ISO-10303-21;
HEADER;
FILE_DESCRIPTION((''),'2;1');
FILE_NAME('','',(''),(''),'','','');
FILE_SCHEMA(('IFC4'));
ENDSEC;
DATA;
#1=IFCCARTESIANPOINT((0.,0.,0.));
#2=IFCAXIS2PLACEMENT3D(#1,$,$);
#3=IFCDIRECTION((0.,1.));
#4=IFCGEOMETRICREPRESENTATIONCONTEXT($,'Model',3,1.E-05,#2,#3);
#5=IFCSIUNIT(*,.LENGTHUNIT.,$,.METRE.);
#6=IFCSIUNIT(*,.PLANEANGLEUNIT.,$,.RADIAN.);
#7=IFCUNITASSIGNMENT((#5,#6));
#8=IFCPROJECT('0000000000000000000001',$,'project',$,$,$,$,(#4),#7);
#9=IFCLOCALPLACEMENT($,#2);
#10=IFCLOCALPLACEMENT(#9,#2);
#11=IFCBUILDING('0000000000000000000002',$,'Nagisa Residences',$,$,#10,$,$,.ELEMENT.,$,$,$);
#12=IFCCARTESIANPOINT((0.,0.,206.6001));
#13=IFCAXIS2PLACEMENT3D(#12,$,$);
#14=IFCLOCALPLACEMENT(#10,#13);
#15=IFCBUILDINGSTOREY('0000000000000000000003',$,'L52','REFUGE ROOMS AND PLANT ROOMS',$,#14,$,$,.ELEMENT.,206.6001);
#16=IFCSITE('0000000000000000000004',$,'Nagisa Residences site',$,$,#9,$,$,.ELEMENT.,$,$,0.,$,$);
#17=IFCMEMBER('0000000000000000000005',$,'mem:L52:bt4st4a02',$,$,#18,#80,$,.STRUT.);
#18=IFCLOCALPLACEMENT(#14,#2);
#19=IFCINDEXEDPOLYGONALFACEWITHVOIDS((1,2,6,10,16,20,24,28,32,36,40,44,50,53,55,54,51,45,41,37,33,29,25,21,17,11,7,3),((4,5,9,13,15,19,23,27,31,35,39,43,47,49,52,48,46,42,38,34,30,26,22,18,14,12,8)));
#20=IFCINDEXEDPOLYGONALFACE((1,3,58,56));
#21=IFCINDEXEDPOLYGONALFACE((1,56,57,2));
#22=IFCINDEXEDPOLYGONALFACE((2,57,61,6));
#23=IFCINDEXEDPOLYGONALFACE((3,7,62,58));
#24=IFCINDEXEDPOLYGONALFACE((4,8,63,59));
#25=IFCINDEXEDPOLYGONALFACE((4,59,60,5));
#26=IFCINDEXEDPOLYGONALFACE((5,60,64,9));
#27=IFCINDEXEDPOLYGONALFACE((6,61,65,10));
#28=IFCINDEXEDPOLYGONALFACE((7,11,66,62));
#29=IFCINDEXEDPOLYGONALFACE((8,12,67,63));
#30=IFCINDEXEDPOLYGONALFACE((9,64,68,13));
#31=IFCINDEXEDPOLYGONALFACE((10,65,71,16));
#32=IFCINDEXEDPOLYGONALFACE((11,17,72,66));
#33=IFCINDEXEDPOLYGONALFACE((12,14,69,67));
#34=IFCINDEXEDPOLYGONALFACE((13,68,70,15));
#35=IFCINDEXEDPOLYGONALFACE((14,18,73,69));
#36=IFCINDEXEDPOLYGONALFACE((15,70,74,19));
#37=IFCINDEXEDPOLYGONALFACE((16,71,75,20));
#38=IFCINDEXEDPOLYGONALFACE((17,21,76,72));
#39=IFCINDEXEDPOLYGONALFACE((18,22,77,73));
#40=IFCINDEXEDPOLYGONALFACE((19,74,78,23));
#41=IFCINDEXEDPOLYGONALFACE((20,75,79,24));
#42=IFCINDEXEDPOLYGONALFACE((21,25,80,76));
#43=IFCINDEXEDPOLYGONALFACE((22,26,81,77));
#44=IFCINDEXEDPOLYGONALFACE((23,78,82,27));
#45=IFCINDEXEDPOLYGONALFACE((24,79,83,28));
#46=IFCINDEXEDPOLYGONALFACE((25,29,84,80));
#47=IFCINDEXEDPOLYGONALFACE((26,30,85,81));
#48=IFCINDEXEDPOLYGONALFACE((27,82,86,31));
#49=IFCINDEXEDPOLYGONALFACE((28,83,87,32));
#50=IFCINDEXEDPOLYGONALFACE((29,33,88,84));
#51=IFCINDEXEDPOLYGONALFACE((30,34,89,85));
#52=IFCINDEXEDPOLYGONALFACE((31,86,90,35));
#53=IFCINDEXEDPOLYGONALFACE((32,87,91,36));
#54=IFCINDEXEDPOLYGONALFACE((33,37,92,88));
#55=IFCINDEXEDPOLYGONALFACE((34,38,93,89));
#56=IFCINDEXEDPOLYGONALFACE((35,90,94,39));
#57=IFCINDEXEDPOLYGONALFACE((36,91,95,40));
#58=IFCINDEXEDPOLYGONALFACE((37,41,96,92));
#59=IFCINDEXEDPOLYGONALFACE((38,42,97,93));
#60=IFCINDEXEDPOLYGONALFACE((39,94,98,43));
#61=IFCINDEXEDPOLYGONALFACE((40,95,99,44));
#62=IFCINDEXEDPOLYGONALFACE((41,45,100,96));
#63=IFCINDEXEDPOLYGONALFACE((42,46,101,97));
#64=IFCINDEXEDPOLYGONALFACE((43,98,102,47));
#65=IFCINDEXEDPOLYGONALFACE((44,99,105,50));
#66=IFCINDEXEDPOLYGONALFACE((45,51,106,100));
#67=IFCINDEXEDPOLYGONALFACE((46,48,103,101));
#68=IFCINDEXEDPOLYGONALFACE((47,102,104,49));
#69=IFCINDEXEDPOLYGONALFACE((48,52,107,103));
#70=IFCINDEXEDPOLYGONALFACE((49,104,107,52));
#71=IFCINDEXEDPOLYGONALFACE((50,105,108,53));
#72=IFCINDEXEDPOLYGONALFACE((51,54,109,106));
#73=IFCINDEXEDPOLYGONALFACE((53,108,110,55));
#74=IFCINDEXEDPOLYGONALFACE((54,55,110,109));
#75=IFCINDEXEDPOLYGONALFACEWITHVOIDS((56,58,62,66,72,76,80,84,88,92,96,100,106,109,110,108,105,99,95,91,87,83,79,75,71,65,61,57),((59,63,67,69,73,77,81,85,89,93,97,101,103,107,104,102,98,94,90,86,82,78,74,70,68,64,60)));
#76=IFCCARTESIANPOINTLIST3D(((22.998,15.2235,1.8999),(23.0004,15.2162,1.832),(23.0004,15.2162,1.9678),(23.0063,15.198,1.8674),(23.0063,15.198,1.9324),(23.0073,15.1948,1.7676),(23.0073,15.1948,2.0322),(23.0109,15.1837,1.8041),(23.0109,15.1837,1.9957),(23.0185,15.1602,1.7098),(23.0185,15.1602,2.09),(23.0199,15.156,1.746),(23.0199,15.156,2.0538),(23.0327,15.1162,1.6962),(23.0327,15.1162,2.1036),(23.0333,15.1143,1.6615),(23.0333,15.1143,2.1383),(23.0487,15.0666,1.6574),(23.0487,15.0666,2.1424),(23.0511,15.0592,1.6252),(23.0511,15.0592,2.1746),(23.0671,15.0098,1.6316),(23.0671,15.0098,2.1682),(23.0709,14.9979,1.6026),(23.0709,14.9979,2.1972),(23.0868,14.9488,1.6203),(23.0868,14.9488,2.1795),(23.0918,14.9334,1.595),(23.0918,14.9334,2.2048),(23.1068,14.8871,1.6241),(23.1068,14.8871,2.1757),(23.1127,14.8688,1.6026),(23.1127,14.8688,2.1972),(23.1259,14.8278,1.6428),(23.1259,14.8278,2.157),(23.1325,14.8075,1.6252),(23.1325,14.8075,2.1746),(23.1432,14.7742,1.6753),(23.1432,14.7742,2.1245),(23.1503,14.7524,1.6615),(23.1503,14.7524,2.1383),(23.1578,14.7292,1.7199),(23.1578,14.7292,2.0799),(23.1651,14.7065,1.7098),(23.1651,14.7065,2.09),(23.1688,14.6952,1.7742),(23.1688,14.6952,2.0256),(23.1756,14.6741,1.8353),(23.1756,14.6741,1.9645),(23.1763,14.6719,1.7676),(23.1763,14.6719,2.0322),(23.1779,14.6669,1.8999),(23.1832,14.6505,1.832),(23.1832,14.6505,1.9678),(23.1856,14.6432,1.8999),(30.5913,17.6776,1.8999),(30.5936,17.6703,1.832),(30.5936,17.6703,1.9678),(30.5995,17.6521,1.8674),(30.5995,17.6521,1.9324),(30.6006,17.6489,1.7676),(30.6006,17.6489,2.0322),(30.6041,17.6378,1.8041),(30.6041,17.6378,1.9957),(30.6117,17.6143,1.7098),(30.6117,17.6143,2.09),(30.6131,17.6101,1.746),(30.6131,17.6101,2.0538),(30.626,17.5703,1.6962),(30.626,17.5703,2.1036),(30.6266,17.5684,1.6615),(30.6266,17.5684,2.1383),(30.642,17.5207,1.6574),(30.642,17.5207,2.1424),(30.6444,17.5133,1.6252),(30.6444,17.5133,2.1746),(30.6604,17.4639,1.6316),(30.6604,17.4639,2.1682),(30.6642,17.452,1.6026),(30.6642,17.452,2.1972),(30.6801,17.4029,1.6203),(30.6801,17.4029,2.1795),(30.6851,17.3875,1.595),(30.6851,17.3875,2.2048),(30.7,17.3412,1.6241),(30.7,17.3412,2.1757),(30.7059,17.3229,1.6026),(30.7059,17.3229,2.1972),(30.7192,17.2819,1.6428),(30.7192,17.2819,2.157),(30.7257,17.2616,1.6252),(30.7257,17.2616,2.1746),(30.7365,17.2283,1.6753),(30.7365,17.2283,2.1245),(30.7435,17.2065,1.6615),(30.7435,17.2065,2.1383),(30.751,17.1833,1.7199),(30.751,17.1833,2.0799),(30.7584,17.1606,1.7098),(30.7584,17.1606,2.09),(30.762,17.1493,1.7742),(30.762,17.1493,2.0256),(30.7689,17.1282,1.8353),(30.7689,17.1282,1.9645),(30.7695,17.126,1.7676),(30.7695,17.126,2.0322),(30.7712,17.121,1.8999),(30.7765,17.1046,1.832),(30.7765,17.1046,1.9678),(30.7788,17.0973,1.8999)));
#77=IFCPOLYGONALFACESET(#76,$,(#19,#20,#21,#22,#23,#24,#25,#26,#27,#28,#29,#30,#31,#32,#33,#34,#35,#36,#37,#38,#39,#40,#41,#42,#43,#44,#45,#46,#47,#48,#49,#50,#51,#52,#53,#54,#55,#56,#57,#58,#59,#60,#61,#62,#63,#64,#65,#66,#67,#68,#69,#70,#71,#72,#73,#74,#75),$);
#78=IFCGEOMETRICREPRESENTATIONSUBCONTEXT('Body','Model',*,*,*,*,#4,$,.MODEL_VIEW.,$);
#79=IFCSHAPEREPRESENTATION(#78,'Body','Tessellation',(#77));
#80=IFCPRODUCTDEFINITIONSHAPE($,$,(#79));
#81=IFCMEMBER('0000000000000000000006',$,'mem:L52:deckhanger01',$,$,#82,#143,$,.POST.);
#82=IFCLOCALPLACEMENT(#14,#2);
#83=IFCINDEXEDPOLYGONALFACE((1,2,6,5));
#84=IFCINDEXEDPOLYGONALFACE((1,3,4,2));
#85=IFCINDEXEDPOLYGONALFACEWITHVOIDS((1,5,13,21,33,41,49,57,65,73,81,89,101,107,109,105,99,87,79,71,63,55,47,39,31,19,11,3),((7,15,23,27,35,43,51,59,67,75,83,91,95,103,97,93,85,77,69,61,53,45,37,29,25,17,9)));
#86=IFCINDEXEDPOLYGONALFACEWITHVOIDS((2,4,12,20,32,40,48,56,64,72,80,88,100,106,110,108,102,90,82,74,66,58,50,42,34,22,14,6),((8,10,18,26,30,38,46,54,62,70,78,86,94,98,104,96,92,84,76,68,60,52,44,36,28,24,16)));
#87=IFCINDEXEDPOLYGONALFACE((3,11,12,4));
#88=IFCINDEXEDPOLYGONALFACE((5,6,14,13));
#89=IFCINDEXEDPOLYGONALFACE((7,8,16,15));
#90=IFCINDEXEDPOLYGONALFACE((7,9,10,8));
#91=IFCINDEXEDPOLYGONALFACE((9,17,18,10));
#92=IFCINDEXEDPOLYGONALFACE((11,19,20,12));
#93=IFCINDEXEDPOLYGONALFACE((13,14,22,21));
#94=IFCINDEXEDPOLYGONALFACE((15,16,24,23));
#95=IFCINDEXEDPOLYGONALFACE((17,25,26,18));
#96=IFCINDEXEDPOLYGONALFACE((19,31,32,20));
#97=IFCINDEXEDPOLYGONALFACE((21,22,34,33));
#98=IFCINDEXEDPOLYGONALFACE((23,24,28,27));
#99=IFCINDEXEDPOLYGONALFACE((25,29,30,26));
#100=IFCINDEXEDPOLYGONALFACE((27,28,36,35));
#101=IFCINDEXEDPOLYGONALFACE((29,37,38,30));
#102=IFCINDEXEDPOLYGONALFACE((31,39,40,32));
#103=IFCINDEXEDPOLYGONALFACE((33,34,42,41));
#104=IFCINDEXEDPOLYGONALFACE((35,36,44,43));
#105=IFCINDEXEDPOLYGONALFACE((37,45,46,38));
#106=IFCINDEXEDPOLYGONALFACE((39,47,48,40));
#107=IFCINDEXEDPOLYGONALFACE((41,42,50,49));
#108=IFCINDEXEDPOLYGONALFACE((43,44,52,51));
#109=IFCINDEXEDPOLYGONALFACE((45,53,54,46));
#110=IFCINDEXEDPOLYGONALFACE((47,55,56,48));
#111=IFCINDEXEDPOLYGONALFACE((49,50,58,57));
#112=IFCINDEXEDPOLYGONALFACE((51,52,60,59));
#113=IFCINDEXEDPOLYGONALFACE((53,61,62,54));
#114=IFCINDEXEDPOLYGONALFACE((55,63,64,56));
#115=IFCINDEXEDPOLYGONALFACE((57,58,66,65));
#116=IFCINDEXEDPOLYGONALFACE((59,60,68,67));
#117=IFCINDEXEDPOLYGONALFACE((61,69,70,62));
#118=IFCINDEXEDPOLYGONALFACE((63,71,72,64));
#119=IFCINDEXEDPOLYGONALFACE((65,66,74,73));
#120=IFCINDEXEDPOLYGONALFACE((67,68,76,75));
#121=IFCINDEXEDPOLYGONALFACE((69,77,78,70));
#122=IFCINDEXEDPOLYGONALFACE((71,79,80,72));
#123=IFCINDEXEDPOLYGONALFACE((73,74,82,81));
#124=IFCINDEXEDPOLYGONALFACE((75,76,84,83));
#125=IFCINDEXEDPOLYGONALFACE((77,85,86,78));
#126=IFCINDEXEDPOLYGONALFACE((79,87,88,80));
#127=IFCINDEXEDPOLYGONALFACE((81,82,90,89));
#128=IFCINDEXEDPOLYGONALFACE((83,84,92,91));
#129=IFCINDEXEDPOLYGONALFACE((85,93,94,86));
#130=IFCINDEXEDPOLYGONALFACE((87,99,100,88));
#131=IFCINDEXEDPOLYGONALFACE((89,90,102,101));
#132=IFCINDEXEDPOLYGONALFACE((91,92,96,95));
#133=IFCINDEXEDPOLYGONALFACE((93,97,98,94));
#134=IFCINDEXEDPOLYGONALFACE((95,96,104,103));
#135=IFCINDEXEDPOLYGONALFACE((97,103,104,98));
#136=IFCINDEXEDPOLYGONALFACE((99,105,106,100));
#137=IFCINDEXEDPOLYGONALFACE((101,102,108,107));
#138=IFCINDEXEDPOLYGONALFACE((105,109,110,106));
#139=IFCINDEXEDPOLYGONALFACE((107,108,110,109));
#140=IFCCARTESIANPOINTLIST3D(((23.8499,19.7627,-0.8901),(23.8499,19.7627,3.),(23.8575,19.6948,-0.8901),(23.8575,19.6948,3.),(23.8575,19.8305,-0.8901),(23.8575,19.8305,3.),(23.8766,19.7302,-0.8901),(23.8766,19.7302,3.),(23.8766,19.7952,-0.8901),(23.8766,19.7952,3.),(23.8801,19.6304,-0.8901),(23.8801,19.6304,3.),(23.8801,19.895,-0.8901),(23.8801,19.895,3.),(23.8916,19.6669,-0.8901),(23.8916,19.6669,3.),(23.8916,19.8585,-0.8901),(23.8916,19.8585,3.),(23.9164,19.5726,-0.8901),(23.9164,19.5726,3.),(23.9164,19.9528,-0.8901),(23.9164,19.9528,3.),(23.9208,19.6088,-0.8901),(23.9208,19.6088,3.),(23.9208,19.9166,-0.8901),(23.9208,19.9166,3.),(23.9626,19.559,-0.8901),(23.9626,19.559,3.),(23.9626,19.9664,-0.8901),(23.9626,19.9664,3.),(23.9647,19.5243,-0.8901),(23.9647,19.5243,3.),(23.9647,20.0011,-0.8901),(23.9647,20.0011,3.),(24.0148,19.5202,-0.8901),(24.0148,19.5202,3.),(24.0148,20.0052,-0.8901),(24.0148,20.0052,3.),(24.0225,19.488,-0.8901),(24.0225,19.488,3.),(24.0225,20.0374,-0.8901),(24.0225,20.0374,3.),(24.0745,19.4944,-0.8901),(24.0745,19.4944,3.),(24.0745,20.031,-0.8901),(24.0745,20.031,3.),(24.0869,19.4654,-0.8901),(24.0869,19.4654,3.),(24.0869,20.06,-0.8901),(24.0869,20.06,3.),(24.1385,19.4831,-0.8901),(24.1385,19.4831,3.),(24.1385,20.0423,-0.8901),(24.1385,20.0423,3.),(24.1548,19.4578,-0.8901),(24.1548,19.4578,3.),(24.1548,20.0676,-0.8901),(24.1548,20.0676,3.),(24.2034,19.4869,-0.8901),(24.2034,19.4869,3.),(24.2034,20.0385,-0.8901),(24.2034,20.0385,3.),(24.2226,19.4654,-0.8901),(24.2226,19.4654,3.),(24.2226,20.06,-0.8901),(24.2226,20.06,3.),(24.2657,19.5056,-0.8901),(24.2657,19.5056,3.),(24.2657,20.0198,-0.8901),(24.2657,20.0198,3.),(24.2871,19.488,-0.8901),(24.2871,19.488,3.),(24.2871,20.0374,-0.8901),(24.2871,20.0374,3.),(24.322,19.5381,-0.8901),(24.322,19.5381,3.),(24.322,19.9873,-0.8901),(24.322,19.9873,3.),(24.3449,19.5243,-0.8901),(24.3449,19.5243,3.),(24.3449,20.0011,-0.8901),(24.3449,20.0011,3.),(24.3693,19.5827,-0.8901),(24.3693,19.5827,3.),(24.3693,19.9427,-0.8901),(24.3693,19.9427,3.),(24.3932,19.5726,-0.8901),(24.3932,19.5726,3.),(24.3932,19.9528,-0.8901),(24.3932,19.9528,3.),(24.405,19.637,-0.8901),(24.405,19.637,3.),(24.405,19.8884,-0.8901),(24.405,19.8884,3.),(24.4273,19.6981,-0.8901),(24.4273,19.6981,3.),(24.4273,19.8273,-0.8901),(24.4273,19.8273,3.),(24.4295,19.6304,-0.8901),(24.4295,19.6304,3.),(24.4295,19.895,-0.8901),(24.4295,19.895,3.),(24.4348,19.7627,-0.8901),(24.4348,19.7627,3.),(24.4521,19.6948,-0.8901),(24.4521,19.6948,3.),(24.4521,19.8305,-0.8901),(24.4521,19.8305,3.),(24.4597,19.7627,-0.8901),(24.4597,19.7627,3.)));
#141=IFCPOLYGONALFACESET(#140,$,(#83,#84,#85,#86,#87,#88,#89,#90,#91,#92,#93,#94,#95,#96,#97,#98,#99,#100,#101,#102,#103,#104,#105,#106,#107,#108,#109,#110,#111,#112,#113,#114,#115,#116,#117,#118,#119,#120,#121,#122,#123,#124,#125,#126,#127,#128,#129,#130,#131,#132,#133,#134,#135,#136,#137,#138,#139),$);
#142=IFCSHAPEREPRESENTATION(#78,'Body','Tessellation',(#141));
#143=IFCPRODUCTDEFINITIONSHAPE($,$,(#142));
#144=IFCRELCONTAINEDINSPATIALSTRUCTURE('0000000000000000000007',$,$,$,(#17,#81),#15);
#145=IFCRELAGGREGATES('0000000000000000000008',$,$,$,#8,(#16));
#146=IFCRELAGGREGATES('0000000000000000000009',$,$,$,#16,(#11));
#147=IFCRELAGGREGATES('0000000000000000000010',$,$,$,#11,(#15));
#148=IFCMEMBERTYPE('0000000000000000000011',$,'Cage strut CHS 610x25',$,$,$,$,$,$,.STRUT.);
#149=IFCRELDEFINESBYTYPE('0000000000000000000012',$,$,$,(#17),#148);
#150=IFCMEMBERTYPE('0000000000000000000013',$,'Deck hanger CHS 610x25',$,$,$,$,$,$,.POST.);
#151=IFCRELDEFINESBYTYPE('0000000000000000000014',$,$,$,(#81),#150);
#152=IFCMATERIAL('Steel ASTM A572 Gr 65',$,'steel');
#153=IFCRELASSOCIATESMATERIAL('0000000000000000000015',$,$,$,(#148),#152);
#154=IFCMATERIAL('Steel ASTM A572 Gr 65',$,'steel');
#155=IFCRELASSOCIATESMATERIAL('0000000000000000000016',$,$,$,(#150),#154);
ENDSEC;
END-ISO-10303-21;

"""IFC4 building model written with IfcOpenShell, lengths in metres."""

from ifc_helpers import new_model, si_unit, direction, frame, origin, origin_2d, place, context, subcontext, project, spatial, hollow_circle, extrude, material, material_profile, profile_set, type_object, element, save


model = new_model("IFC4")

# Units and contexts
model_context = context("Model", 3, precision=1e-05, world=origin(), true_north=direction((0.0, 1.0)))
body_context = subcontext(model_context, "Body", "Model", "MODEL_VIEW")
ifc_project = project(units=[si_unit("LENGTHUNIT", "METRE"), si_unit("PLANEANGLEUNIT", "RADIAN")], contexts=[model_context])

# Site, building, storey
site_placement = place(None, origin())
site = spatial("IfcSite", under=ifc_project, at=site_placement, Name="Nagisa Residences site", CompositionType="ELEMENT", RefElevation=0.0)
building_placement = place(site_placement, origin())
building = spatial("IfcBuilding", under=site, at=building_placement, Name="Nagisa Residences", CompositionType="ELEMENT")
storey_placement = place(building_placement, frame((0.0, 0.0, 206.6001)))
storey = spatial("IfcBuildingStorey", under=building, at=storey_placement, Name="L52", Description="REFUGE ROOMS AND PLANT ROOMS", CompositionType="ELEMENT", Elevation=206.6001)

# Members
ifc_material_1 = material(Name="Steel ASTM A572 Gr 65", Category="steel")
ifc_material_profile_1 = material_profile(ifc_material_1, hollow_circle(Radius=0.3049, WallThickness=0.0249, at=origin_2d()), Name="CHS 610x25")
ifc_profile_set_1 = profile_set([ifc_material_profile_1], Name="Steel ASTM A572 Gr 65")
member_type_1 = type_object("IfcMemberType", Name="Cage strut CHS 610x25", PredefinedType="STRUT", material=ifc_profile_set_1)
member_1_placement = place(storey_placement, frame((30.6851, 17.3875, 1.8999), z_axis=(-0.951538, -0.307532, 0.0), x_axis=(0.307532, -0.951538, 0.0)))
element("IfcMember", 1, at=member_1_placement, inside=storey, type_object=member_type_1, Name="mem:L52:bt4st4a02", PredefinedType="STRUT", context=body_context, shape_type="SweptSolid", body=[
    extrude(hollow_circle(Radius=0.3049, WallThickness=0.0249, at=origin_2d()), origin(), (0.0, 0.0, 1.0), 7.98),
])
ifc_material_2 = material(Name="Steel ASTM A572 Gr 65", Category="steel")
ifc_material_profile_2 = material_profile(ifc_material_2, hollow_circle(Radius=0.3049, WallThickness=0.0249, at=origin_2d()), Name="CHS 610x25")
ifc_profile_set_2 = profile_set([ifc_material_profile_2], Name="Steel ASTM A572 Gr 65")
member_type_2 = type_object("IfcMemberType", Name="Deck hanger CHS 610x25", PredefinedType="POST", material=ifc_profile_set_2)
member_2_placement = place(storey_placement, frame((24.1548, 19.7627, 3.0), z_axis=(0.0, 0.0, -1.0), x_axis=(1.0, 0.0, 0.0)))
element("IfcMember", 2, at=member_2_placement, inside=storey, type_object=member_type_2, Name="mem:L52:deckhanger01", PredefinedType="POST", context=body_context, shape_type="SweptSolid", body=[
    extrude(hollow_circle(Radius=0.3049, WallThickness=0.0249, at=origin_2d()), origin(), (0.0, 0.0, 1.0), 3.8901),
])

save(model, "model.ifc")
